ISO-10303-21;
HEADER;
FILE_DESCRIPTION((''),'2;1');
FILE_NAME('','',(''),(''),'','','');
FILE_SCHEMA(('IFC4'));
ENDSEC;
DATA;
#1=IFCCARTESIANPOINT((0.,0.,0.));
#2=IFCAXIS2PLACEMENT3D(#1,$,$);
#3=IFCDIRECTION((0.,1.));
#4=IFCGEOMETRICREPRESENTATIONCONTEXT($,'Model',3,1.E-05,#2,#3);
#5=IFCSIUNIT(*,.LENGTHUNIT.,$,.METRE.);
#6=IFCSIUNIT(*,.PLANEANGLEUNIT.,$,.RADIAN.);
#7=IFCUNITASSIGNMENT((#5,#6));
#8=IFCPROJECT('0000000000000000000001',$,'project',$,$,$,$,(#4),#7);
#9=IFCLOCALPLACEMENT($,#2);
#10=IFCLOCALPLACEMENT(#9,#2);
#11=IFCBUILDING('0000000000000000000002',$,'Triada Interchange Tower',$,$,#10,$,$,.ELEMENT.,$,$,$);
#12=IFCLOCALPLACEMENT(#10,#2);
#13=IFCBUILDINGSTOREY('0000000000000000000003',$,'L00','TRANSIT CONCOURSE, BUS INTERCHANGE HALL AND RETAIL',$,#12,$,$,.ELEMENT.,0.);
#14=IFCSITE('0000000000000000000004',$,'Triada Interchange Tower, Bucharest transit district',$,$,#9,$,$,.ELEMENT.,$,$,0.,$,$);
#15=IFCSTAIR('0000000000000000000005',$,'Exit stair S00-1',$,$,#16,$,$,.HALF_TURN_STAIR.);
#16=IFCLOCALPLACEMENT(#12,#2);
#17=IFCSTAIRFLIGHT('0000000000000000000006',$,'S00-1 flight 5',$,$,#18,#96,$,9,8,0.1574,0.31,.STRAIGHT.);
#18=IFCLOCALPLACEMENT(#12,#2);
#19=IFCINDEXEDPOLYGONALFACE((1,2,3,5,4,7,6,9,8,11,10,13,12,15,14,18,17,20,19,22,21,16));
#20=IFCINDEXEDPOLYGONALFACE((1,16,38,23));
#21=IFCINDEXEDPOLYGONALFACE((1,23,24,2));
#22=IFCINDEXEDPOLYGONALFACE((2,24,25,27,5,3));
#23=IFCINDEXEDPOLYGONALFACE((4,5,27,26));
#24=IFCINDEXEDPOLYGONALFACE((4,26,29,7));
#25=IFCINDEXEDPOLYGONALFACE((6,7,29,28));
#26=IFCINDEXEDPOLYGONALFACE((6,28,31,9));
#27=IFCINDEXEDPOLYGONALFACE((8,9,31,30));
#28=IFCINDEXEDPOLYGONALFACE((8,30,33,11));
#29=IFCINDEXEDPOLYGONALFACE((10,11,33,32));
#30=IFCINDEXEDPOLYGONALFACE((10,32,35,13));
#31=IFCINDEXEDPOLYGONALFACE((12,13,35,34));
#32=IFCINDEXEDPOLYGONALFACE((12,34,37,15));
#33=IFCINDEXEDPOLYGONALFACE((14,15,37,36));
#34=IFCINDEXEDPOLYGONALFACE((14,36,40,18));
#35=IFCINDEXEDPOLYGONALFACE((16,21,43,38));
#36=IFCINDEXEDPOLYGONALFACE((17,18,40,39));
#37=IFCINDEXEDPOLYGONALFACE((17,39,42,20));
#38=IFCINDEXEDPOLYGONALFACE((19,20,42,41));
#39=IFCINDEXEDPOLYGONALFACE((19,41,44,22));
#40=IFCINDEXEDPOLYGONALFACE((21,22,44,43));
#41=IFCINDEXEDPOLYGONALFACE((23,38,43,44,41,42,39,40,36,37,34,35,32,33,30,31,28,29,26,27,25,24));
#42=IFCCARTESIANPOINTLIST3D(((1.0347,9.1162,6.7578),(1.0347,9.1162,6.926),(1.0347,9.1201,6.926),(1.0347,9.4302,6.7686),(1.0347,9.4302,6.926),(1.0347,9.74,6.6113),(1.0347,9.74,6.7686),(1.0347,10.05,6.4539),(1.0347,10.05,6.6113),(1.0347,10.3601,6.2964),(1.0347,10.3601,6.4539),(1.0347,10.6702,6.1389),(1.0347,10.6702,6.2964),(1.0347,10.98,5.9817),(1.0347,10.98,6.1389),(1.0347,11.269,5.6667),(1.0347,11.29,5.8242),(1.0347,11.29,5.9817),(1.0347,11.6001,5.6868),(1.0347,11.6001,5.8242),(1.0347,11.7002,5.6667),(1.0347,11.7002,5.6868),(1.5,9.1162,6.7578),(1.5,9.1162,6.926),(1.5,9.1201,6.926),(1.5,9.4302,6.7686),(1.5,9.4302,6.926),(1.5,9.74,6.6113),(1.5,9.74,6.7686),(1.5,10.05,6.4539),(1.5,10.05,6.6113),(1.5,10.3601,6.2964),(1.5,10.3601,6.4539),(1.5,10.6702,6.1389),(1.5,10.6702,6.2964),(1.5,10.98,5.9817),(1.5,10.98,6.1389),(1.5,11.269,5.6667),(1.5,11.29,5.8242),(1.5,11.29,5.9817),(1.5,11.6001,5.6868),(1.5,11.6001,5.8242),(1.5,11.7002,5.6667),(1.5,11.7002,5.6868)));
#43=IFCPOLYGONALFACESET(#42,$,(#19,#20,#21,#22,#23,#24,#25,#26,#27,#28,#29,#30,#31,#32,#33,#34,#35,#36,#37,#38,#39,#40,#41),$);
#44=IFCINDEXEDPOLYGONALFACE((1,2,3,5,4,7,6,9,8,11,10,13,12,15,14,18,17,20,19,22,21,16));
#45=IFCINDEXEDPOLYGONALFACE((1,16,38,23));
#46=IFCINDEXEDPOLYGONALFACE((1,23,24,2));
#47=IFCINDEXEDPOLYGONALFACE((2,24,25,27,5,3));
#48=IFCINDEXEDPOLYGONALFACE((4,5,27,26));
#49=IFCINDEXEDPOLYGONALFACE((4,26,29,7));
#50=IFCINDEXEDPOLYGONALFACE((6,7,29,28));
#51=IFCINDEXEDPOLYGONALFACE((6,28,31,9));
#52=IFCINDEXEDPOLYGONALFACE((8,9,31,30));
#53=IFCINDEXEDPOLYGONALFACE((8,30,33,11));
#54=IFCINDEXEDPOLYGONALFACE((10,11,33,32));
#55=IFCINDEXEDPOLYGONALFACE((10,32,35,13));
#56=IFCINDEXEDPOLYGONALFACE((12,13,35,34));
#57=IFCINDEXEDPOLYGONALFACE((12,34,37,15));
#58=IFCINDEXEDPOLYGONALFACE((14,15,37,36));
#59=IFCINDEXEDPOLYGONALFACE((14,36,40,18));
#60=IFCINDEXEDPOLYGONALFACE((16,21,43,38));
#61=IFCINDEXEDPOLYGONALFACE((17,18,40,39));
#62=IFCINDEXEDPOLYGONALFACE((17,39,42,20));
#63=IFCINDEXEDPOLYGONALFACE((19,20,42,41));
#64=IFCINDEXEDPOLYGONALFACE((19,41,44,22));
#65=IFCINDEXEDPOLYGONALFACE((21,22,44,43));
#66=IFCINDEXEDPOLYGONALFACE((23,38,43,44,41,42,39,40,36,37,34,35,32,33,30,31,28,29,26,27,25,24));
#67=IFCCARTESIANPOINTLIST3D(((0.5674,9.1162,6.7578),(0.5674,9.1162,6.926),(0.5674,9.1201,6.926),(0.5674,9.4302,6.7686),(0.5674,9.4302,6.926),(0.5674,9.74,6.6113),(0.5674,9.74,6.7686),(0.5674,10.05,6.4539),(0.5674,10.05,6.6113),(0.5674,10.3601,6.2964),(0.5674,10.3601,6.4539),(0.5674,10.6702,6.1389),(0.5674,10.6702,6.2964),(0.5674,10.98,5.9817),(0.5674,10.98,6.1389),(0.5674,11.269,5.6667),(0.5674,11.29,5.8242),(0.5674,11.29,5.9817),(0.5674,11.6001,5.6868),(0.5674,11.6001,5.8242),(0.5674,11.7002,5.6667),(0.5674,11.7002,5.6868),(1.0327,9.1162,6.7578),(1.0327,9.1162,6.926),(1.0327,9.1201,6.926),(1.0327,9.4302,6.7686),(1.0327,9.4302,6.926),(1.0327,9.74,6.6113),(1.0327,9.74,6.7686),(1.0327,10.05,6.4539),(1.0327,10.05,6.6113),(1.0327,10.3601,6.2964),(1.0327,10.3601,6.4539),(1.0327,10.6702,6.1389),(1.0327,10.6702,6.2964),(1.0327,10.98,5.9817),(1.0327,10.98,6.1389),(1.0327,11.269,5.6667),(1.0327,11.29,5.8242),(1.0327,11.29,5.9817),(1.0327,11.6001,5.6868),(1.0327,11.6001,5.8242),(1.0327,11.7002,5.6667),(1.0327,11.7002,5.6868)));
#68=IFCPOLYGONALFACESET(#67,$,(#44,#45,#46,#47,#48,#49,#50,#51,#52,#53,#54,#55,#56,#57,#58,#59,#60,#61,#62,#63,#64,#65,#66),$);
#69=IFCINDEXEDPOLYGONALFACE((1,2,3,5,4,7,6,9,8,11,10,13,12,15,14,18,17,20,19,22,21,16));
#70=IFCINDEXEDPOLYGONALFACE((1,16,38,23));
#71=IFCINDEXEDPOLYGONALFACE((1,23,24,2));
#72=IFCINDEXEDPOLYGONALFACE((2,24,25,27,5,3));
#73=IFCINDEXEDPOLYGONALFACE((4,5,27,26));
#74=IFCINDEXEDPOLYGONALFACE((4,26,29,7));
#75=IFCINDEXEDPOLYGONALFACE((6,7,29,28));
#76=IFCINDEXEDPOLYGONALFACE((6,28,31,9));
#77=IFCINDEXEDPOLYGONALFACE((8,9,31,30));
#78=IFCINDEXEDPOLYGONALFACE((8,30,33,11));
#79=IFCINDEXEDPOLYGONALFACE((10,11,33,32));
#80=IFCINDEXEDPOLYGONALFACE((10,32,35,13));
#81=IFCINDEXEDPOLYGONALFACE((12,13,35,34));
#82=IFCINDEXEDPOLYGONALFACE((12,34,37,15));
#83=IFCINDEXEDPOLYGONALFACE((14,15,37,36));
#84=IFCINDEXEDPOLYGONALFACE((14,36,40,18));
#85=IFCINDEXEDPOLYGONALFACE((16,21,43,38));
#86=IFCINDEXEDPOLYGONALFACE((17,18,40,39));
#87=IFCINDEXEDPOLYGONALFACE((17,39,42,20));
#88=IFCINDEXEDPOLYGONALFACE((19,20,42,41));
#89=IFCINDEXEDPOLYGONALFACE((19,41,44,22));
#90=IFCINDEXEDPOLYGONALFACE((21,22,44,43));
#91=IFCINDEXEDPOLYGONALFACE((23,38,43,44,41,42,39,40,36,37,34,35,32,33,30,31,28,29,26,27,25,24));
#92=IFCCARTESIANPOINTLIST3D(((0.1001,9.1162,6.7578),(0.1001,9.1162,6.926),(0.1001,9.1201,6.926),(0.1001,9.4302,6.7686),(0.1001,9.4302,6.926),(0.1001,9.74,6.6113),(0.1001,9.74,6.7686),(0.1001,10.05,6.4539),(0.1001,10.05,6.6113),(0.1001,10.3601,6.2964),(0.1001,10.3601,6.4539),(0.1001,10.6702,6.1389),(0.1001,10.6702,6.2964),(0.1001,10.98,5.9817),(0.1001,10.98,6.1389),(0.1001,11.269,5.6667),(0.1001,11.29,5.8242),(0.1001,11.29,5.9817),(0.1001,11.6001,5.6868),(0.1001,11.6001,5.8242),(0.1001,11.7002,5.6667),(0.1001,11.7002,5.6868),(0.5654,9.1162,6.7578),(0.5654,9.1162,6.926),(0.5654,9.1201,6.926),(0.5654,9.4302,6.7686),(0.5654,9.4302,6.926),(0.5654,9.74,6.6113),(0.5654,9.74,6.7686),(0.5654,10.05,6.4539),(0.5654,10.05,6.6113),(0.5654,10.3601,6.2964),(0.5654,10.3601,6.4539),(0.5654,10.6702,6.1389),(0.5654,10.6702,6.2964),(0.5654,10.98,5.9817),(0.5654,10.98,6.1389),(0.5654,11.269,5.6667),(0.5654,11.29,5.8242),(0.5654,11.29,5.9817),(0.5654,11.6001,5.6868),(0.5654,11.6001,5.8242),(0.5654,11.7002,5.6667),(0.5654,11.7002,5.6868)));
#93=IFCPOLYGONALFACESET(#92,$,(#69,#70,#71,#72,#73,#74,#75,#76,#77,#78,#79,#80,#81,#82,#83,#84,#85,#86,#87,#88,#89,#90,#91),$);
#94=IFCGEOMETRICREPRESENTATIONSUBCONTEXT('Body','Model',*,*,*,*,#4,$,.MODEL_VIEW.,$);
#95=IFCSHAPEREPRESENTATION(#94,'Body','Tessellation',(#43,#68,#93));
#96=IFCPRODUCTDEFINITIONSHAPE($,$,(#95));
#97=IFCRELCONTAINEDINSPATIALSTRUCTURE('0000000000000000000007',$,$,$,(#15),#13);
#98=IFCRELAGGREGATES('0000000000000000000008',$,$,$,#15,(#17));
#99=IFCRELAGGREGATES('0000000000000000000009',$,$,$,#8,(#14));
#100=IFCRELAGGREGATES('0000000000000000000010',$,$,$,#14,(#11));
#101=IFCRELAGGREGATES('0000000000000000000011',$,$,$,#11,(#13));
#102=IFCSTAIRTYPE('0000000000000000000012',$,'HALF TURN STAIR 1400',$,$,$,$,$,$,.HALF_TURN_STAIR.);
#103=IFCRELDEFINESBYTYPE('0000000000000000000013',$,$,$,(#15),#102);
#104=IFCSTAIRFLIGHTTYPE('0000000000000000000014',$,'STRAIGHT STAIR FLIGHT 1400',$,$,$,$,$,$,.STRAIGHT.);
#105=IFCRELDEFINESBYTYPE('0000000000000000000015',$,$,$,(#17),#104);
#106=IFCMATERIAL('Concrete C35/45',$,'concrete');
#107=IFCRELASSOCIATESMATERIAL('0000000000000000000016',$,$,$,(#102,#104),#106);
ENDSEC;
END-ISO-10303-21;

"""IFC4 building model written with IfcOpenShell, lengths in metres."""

from ifc_helpers import new_model, si_unit, direction, frame, origin, place, context, subcontext, project, spatial, polyline, outline, extrude, material, type_object, element, aggregate, save


model = new_model("IFC4")

# Units and contexts
model_context = context("Model", 3, precision=1e-05, world=origin(), true_north=direction((0.0, 1.0)))
body_context = subcontext(model_context, "Body", "Model", "MODEL_VIEW")
ifc_project = project(units=[si_unit("LENGTHUNIT", "METRE"), si_unit("PLANEANGLEUNIT", "RADIAN")], contexts=[model_context])

# Site, building, storey
site_placement = place(None, origin())
site = spatial("IfcSite", under=ifc_project, at=site_placement, Name="Triada Interchange Tower, Bucharest transit district", CompositionType="ELEMENT", RefElevation=0.0)
building_placement = place(site_placement, origin())
building = spatial("IfcBuilding", under=site, at=building_placement, Name="Triada Interchange Tower", CompositionType="ELEMENT")
storey_placement = place(building_placement, origin())
storey = spatial("IfcBuildingStorey", under=building, at=storey_placement, Name="L00", Description="TRANSIT CONCOURSE, BUS INTERCHANGE HALL AND RETAIL", CompositionType="ELEMENT", Elevation=0.0)

# Shared definitions
ifc_material_1 = material(Name="Concrete C35/45", Category="concrete")
stair_type = type_object("IfcStairType", Name="HALF TURN STAIR 1400", PredefinedType="HALF_TURN_STAIR", material=ifc_material_1)

# Stair, stair flight
stair_1_placement = place(storey_placement, origin())
stair_1 = element("IfcStair", 1, at=stair_1_placement, inside=storey, type_object=stair_type, Name="Exit stair S00-1", PredefinedType="HALF_TURN_STAIR")
stair_flight_type = type_object("IfcStairFlightType", Name="STRAIGHT STAIR FLIGHT 1400", PredefinedType="STRAIGHT", material=ifc_material_1)
stair_flight_1_placement = place(storey_placement, frame((0.8, 11.6001, 5.6667), z_axis=(0.0, 0.0, 1.0), x_axis=(0.0, -1.0, 0.0)))
stair_flight_1 = element("IfcStairFlight", 2, at=stair_flight_1_placement, type_object=stair_flight_type, Name="S00-1 flight 5", NumberOfRisers=9, NumberOfTreads=8, PredefinedType="STRAIGHT", RiserHeight=0.1574, TreadLength=0.31, context=body_context, shape_type="SweptSolid", body=[
    extrude(outline(polyline([(-0.1001, 0.0), (-0.1001, 0.02), (0.0, 0.02), (0.0, 0.1575), (0.3101, 0.1575), (0.3101, 0.3149), (0.6201, 0.3149), (0.6201, 0.4722), (0.9299, 0.4722), (0.9299, 0.6296), (1.24, 0.6296), (1.24, 0.7871), (1.55, 0.7871), (1.55, 0.9446), (1.8601, 0.9446), (1.8601, 1.1018), (2.1699, 1.1018), (2.1699, 1.2593), (2.48, 1.2593), (2.4839, 1.2593), (2.4839, 1.4167), (2.4839, 1.0911), (0.3311, 0.0), (-0.1001, 0.0)])), frame((0.0, 0.7, 0.0), z_axis=(0.0, -1.0, 0.0), x_axis=(1.0, 0.0, 0.0)), (0.0, 0.0, 1.0), 0.4653),
    extrude(outline(polyline([(-0.1001, 0.0), (-0.1001, 0.02), (0.0, 0.02), (0.0, 0.1575), (0.3101, 0.1575), (0.3101, 0.3149), (0.6201, 0.3149), (0.6201, 0.4722), (0.9299, 0.4722), (0.9299, 0.6296), (1.24, 0.6296), (1.24, 0.7871), (1.55, 0.7871), (1.55, 0.9446), (1.8601, 0.9446), (1.8601, 1.1018), (2.1699, 1.1018), (2.1699, 1.2593), (2.48, 1.2593), (2.4839, 1.2593), (2.4839, 1.4167), (2.4839, 1.0911), (0.3311, 0.0), (-0.1001, 0.0)])), frame((0.0, 0.2327, 0.0), z_axis=(0.0, -1.0, 0.0), x_axis=(1.0, 0.0, 0.0)), (0.0, 0.0, 1.0), 0.4653),
    extrude(outline(polyline([(-0.1001, 0.0), (-0.1001, 0.02), (0.0, 0.02), (0.0, 0.1575), (0.3101, 0.1575), (0.3101, 0.3149), (0.6201, 0.3149), (0.6201, 0.4722), (0.9299, 0.4722), (0.9299, 0.6296), (1.24, 0.6296), (1.24, 0.7871), (1.55, 0.7871), (1.55, 0.9446), (1.8601, 0.9446), (1.8601, 1.1018), (2.1699, 1.1018), (2.1699, 1.2593), (2.48, 1.2593), (2.4839, 1.2593), (2.4839, 1.4167), (2.4839, 1.0911), (0.3311, 0.0), (-0.1001, 0.0)])), frame((0.0, -0.2346, 0.0), z_axis=(0.0, -1.0, 0.0), x_axis=(1.0, 0.0, 0.0)), (0.0, 0.0, 1.0), 0.4653),
])
aggregate(stair_1, [stair_flight_1])

save(model, "model.ifc")
